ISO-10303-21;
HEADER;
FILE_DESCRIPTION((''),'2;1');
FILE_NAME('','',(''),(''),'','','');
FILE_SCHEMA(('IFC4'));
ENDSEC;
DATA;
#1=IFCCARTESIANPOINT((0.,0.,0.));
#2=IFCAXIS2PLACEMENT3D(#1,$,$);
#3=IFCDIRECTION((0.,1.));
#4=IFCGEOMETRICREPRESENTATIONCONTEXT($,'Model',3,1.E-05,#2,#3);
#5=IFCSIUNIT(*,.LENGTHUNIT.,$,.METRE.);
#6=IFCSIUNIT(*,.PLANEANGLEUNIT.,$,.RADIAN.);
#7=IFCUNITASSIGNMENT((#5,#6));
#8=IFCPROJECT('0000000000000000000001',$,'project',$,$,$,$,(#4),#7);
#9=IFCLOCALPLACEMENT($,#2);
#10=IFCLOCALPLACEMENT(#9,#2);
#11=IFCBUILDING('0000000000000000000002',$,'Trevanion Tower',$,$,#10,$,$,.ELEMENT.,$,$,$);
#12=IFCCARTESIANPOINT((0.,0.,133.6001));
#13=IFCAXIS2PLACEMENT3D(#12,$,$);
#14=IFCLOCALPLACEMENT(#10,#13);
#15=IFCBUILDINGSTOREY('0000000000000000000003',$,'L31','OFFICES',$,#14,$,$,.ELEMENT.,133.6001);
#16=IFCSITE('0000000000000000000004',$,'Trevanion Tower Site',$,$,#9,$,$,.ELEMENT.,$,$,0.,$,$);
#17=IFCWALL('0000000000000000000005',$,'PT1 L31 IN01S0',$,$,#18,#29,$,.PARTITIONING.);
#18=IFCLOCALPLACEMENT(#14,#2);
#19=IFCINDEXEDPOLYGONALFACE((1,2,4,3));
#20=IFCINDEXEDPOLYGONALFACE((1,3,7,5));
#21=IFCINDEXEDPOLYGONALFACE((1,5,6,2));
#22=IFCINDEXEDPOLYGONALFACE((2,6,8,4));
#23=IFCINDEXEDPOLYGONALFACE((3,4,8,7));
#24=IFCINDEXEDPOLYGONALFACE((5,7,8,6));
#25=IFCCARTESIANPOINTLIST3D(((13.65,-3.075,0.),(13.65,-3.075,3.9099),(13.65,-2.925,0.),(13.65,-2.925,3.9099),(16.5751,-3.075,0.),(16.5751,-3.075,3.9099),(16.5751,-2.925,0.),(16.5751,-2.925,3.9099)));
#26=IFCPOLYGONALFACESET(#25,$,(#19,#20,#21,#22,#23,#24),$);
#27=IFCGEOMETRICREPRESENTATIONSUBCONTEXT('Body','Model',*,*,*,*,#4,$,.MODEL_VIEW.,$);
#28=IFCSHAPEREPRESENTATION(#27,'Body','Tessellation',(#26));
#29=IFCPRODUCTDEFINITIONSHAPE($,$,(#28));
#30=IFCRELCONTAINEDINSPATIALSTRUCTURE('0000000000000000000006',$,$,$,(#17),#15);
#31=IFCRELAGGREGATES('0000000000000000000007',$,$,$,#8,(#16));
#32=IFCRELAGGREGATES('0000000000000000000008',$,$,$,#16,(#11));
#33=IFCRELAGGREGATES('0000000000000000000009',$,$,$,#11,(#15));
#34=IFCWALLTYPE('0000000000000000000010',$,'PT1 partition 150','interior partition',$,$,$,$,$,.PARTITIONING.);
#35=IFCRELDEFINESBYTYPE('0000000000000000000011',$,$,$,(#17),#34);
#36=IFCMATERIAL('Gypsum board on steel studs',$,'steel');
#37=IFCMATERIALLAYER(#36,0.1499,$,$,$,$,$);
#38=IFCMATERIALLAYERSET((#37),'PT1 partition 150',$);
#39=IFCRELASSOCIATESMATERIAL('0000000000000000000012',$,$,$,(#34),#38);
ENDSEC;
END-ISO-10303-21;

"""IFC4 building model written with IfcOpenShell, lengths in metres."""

from ifc_helpers import new_model, si_unit, direction, frame, frame_2d, origin, place, context, subcontext, project, spatial, rectangle, extrude, material, layer, layer_set, type_object, element, save


model = new_model("IFC4")

# Units and contexts
model_context = context("Model", 3, precision=1e-05, world=origin(), true_north=direction((0.0, 1.0)))
body_context = subcontext(model_context, "Body", "Model", "MODEL_VIEW")
ifc_project = project(units=[si_unit("LENGTHUNIT", "METRE"), si_unit("PLANEANGLEUNIT", "RADIAN")], contexts=[model_context])

# Site, building, storey
site_placement = place(None, origin())
site = spatial("IfcSite", under=ifc_project, at=site_placement, Name="Trevanion Tower Site", CompositionType="ELEMENT", RefElevation=0.0)
building_placement = place(site_placement, origin())
building = spatial("IfcBuilding", under=site, at=building_placement, Name="Trevanion Tower", CompositionType="ELEMENT")
storey_placement = place(building_placement, frame((0.0, 0.0, 133.6001)))
storey = spatial("IfcBuildingStorey", under=building, at=storey_placement, Name="L31", Description="OFFICES", CompositionType="ELEMENT", Elevation=133.6001)

# Shared definitions
ifc_material_1 = material(Name="Gypsum board on steel studs", Category="steel")
ifc_layer_1 = layer(ifc_material_1, 0.1499)
ifc_layer_set_1 = layer_set([ifc_layer_1], Name="PT1 partition 150")
wall_type = type_object("IfcWallType", Name="PT1 partition 150", Description="interior partition", PredefinedType="PARTITIONING", material=ifc_layer_set_1)

# Wall
wall_1_placement = place(storey_placement, frame((16.575, -3.0, 0.0), z_axis=(0.0, 0.0, 1.0), x_axis=(-1.0, 0.0, 0.0)))
element("IfcWall", 1, at=wall_1_placement, inside=storey, type_object=wall_type, Name="PT1 L31 IN01S0", PredefinedType="PARTITIONING", context=body_context, shape_type="SweptSolid", body=[
    extrude(rectangle(XDim=2.925, YDim=0.1499, at=frame_2d((1.4624, 0.0))), origin(), (0.0, 0.0, 1.0), 3.9099),
])

save(model, "model.ifc")
